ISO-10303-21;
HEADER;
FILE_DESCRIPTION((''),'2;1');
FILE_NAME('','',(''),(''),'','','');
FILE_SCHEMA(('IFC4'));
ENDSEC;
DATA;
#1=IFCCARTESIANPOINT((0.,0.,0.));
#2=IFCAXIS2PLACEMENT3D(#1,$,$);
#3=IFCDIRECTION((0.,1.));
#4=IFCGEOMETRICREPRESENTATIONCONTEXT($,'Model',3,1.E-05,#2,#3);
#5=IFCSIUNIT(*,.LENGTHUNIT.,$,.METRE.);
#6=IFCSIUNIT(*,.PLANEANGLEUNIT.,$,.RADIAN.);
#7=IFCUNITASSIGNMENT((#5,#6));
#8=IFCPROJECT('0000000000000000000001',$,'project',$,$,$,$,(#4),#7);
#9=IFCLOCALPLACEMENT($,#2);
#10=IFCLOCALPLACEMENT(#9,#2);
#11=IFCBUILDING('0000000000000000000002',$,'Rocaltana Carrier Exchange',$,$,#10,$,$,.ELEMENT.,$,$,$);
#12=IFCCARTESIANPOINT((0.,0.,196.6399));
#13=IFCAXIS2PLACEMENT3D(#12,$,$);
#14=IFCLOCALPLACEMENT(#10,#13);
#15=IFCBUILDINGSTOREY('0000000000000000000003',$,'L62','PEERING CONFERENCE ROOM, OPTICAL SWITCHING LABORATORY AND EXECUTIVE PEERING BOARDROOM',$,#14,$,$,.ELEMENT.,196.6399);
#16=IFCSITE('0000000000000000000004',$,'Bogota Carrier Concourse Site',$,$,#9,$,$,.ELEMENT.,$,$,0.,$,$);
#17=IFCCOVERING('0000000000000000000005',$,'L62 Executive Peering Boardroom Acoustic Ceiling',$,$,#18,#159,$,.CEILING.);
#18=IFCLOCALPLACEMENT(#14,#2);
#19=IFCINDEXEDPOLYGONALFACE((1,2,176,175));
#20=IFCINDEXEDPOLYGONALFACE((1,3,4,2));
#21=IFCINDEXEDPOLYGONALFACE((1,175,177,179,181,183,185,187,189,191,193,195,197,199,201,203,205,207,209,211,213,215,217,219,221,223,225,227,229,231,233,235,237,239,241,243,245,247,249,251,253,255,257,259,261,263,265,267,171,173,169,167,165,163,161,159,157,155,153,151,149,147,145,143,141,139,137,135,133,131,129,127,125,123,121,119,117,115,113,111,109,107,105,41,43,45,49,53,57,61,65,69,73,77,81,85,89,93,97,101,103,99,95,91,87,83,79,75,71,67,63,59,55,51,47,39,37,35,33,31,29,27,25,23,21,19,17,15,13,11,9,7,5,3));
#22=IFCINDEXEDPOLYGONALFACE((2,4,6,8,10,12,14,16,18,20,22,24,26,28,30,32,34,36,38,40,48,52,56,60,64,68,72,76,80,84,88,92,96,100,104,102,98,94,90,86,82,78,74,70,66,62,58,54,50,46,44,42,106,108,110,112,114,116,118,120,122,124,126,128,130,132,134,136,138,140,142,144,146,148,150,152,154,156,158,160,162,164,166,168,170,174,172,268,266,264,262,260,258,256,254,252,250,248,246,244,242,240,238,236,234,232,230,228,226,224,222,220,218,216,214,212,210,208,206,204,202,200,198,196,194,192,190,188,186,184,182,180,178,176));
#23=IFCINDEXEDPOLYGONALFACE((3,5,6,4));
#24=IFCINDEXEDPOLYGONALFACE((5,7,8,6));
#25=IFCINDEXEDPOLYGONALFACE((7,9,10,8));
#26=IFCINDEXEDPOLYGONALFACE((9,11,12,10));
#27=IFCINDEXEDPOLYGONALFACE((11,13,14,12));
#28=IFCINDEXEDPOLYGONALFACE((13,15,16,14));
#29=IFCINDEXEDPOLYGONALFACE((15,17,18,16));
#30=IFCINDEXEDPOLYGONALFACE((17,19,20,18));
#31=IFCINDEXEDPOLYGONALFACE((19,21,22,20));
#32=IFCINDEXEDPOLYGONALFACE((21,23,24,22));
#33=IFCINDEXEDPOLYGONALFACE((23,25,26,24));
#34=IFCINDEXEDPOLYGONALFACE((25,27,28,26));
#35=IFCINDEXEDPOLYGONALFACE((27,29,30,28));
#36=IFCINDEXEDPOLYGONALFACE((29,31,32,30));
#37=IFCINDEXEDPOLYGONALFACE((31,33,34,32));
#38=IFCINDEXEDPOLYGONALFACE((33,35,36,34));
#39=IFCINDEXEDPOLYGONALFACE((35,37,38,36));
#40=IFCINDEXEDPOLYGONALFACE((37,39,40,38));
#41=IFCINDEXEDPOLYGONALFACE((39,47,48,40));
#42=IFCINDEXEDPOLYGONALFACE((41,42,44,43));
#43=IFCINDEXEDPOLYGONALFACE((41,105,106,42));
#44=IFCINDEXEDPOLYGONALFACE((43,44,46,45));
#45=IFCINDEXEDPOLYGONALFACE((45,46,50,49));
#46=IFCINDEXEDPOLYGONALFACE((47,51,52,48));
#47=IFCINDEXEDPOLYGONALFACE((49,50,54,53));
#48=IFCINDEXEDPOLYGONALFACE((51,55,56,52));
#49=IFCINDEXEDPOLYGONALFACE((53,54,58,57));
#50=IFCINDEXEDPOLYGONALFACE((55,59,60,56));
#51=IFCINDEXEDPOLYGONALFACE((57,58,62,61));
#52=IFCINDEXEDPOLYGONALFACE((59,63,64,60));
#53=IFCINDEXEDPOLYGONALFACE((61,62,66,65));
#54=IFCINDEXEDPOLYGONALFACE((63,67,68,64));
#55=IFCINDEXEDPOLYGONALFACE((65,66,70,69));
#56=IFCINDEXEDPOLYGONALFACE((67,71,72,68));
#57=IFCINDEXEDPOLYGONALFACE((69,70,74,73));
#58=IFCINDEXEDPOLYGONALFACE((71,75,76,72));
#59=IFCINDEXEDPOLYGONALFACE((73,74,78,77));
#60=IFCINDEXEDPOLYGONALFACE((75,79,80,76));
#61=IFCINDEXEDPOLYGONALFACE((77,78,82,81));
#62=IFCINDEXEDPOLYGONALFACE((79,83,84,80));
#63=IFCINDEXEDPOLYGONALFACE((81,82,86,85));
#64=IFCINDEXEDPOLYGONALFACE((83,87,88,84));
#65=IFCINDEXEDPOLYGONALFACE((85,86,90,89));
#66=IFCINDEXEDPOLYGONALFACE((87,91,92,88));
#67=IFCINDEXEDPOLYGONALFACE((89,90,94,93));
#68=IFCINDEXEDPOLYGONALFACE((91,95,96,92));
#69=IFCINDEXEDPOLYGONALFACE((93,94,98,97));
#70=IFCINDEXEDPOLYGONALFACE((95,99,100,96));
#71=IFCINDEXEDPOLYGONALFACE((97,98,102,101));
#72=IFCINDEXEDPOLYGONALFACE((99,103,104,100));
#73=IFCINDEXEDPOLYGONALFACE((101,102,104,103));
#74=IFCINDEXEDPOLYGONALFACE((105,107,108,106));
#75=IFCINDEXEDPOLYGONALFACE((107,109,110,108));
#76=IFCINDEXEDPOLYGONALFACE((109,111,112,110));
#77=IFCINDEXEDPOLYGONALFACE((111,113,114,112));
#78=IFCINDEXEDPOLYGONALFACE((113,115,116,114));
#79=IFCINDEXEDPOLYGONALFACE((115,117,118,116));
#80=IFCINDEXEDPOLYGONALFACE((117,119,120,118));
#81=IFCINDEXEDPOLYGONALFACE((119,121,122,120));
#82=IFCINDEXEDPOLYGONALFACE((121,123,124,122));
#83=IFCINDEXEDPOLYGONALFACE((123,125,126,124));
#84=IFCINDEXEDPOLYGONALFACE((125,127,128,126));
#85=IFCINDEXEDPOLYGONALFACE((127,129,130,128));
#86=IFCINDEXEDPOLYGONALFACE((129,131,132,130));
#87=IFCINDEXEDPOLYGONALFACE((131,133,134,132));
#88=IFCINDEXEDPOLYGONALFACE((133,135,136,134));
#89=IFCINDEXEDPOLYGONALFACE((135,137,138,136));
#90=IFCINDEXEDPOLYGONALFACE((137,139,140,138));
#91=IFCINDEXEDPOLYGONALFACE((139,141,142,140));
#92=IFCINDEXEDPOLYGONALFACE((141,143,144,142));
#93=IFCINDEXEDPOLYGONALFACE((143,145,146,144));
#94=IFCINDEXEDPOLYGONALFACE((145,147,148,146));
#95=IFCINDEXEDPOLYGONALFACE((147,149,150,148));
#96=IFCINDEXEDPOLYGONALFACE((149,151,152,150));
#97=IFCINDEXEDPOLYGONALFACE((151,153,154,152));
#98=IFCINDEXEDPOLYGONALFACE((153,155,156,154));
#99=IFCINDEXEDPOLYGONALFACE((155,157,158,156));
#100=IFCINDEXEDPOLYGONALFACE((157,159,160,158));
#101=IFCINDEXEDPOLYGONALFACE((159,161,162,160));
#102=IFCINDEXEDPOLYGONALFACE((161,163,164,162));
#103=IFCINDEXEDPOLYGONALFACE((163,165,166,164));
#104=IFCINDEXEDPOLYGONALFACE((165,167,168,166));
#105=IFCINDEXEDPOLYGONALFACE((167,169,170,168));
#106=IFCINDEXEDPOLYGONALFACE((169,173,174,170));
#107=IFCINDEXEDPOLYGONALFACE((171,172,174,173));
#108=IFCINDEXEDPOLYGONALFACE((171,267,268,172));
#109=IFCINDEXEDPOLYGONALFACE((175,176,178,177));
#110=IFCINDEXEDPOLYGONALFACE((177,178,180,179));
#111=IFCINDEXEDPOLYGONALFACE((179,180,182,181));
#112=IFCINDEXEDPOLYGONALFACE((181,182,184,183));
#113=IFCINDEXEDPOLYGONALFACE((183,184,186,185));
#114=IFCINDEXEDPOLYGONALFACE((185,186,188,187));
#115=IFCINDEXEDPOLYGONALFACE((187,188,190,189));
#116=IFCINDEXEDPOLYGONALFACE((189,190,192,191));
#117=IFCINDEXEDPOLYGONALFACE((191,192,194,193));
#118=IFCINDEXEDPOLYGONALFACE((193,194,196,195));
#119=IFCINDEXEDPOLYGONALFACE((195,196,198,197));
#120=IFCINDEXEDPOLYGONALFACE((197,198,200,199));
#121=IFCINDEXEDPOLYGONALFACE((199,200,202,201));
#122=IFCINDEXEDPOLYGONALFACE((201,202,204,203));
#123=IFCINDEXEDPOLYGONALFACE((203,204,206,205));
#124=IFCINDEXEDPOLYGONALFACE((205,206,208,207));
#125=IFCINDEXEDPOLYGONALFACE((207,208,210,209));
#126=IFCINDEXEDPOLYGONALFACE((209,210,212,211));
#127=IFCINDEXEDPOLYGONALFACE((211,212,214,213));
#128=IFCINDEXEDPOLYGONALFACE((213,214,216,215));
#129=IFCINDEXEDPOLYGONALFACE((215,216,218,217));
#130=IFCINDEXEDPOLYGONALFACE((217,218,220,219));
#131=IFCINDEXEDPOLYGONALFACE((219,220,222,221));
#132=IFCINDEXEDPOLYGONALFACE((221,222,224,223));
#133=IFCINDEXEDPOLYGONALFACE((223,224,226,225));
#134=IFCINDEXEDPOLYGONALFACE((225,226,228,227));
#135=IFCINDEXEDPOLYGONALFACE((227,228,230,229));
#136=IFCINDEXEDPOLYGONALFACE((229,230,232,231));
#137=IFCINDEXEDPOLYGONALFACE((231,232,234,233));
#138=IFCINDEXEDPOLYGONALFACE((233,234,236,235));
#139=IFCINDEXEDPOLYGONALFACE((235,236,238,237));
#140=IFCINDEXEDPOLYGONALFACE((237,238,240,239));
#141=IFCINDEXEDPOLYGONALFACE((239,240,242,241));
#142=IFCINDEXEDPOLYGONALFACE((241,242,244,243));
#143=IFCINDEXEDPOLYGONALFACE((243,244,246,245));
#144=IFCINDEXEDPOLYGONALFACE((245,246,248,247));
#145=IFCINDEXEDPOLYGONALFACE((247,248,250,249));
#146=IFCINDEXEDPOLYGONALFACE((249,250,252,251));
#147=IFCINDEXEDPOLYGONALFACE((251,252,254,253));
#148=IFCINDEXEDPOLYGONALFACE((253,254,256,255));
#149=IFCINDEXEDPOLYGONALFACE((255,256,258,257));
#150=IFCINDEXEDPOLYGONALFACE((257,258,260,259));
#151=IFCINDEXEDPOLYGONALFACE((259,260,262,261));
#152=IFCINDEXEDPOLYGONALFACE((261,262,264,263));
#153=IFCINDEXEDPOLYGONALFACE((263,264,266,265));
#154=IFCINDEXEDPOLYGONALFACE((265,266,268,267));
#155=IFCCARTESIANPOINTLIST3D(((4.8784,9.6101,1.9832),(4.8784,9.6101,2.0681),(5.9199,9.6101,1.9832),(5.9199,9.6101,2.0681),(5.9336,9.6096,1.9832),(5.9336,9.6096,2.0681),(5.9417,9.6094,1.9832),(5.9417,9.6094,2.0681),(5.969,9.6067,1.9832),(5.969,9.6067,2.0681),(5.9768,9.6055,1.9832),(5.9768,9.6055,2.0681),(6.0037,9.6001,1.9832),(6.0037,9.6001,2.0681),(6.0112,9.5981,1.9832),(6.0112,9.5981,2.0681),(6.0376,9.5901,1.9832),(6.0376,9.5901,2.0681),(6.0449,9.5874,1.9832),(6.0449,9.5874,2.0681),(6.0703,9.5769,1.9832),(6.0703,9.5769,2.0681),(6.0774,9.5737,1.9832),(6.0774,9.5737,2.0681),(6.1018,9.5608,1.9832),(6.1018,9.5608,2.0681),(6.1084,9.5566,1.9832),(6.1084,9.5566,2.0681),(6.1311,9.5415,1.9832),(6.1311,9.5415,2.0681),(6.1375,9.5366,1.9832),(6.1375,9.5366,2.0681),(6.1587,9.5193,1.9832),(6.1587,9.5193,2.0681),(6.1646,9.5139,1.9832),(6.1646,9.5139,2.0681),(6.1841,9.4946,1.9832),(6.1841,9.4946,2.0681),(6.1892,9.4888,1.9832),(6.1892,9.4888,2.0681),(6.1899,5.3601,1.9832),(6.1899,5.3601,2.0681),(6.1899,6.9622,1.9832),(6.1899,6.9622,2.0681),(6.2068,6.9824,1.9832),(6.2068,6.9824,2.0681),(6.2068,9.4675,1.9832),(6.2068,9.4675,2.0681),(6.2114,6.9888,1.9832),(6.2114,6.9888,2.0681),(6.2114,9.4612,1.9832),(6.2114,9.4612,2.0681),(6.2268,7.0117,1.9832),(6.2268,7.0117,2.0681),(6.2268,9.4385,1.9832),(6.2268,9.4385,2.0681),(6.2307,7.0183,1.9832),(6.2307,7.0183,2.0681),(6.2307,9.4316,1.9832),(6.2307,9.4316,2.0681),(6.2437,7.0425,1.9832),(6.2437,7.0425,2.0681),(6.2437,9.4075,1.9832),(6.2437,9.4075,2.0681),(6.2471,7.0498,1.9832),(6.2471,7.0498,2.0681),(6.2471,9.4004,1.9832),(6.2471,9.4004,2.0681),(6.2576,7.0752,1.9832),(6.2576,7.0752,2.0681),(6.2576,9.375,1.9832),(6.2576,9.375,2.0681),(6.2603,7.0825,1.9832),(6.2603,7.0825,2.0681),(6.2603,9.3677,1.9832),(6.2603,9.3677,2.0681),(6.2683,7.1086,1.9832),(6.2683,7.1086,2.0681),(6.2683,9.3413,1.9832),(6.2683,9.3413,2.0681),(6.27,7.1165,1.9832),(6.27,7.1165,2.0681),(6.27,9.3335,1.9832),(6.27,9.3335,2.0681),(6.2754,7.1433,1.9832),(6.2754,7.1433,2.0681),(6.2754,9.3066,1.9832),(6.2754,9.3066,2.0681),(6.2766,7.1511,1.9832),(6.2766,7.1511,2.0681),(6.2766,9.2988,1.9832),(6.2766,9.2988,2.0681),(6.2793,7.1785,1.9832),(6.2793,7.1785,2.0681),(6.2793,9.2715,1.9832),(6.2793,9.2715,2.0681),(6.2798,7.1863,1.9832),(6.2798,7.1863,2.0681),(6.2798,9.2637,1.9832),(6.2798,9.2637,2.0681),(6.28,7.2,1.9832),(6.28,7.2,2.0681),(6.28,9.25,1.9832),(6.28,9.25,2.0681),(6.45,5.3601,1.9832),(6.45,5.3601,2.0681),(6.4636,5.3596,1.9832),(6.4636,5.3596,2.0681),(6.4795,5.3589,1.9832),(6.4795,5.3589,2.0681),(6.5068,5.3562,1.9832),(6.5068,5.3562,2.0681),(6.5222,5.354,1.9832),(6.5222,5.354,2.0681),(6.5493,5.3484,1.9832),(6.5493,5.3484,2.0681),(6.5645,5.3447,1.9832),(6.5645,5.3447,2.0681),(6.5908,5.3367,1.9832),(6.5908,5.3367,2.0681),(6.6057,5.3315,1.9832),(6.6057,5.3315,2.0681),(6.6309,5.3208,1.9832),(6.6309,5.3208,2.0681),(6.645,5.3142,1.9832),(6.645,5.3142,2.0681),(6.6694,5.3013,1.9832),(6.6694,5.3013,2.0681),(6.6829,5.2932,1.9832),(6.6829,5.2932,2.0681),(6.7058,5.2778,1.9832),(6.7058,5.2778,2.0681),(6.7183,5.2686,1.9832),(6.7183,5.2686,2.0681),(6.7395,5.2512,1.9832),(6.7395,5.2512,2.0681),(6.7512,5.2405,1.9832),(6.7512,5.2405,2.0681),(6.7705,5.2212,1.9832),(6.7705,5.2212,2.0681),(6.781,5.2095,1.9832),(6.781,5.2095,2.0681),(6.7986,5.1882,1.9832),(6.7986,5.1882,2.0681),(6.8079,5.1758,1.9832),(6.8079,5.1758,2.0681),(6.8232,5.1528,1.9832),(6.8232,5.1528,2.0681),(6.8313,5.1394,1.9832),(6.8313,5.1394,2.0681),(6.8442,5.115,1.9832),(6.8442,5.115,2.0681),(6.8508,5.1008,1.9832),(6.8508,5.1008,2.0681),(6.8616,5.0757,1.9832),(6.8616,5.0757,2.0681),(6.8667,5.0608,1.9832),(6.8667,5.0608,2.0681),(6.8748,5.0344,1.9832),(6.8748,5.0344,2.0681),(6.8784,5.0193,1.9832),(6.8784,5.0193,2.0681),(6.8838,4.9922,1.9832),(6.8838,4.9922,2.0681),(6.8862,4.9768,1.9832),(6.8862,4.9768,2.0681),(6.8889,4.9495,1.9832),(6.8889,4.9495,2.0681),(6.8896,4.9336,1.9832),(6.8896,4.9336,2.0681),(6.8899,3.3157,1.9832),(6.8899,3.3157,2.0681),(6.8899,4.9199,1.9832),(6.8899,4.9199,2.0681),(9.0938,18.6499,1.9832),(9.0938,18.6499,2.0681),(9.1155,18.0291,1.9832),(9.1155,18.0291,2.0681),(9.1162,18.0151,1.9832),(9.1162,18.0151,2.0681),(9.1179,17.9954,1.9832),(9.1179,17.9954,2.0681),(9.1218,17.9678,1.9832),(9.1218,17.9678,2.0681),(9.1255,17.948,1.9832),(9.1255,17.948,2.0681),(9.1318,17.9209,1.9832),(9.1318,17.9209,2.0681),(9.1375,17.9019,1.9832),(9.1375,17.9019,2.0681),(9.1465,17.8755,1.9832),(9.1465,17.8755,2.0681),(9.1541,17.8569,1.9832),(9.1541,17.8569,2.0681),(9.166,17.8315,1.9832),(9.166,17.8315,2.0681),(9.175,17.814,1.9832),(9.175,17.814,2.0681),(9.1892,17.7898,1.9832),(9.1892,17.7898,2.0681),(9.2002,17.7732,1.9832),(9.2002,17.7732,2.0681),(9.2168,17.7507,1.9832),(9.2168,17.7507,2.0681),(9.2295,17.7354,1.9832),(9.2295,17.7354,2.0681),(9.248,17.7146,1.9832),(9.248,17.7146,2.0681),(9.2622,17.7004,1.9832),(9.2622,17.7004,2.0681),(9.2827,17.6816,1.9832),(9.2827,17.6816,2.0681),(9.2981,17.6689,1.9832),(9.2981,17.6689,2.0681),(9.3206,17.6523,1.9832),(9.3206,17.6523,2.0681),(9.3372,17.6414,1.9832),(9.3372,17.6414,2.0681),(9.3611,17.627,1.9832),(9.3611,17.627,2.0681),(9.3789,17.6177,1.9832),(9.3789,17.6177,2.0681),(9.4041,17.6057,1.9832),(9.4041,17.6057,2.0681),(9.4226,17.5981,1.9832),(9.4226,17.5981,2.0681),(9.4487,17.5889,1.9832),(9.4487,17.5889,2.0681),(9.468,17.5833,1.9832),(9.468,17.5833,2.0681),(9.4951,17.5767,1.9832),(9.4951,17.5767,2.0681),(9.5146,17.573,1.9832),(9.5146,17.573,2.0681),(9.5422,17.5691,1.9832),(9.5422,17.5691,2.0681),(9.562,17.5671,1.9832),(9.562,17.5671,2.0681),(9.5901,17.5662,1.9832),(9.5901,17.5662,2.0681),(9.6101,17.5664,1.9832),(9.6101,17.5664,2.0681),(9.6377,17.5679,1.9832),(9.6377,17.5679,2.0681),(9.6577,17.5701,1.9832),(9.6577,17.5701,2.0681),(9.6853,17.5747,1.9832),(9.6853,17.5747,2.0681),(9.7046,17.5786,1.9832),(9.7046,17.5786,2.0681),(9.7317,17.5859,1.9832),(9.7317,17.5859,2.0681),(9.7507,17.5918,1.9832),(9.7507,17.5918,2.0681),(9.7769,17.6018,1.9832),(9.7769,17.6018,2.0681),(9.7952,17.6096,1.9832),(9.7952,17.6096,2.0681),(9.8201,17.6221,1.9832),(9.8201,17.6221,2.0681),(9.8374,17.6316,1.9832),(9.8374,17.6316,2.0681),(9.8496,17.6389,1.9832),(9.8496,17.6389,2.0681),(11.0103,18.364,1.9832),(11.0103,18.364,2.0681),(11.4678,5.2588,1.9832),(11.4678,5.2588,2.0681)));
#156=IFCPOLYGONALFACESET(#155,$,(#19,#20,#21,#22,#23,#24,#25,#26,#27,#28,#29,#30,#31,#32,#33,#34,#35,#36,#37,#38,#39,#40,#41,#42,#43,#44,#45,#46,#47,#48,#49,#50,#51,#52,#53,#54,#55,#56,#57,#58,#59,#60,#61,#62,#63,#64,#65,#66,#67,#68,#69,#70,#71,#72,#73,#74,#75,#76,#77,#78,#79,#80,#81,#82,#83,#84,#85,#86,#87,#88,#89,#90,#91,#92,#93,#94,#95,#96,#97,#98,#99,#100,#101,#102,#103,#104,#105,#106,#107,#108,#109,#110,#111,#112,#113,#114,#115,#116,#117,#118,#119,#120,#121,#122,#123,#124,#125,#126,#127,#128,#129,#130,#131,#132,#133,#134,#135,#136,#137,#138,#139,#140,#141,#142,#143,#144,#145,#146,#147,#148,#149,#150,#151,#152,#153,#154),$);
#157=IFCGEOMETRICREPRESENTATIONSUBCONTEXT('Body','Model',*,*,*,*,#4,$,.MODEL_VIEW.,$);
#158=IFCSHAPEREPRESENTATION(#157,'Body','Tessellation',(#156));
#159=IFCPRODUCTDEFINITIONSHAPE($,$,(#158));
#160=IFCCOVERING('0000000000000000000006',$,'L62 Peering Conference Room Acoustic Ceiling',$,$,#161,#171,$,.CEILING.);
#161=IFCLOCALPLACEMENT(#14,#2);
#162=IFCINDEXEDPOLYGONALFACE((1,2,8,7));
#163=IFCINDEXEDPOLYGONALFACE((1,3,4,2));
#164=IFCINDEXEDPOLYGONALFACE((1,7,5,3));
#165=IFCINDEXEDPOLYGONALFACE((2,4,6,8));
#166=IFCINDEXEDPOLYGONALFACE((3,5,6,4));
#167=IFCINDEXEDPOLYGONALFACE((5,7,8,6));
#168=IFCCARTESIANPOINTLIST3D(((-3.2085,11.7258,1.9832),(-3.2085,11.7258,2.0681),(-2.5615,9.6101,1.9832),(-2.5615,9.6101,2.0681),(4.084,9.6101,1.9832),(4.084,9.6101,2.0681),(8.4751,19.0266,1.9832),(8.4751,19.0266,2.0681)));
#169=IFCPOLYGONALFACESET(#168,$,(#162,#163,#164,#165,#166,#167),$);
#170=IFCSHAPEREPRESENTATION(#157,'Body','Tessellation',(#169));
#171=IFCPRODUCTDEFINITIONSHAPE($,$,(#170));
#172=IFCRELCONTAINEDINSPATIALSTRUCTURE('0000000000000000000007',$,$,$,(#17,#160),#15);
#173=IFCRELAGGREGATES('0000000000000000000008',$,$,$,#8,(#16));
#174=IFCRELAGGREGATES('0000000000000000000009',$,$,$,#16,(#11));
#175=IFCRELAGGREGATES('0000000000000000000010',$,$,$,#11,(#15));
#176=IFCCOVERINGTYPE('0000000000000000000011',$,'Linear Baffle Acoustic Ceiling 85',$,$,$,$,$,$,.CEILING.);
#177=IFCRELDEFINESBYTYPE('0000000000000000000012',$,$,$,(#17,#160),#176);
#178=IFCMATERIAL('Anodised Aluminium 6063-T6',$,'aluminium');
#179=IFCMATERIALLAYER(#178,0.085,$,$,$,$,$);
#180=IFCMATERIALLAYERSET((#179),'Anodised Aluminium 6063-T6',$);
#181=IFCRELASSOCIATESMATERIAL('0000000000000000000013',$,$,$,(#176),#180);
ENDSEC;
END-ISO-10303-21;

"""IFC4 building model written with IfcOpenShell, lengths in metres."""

from ifc_helpers import new_model, si_unit, direction, frame, origin, place, context, subcontext, project, spatial, polyline, outline, extrude, material, layer, layer_set, type_object, element, save


model = new_model("IFC4")

# Units and contexts
model_context = context("Model", 3, precision=1e-05, world=origin(), true_north=direction((0.0, 1.0)))
body_context = subcontext(model_context, "Body", "Model", "MODEL_VIEW")
ifc_project = project(units=[si_unit("LENGTHUNIT", "METRE"), si_unit("PLANEANGLEUNIT", "RADIAN")], contexts=[model_context])

# Site, building, storey
site_placement = place(None, origin())
site = spatial("IfcSite", under=ifc_project, at=site_placement, Name="Bogota Carrier Concourse Site", CompositionType="ELEMENT", RefElevation=0.0)
building_placement = place(site_placement, origin())
building = spatial("IfcBuilding", under=site, at=building_placement, Name="Rocaltana Carrier Exchange", CompositionType="ELEMENT")
storey_placement = place(building_placement, frame((0.0, 0.0, 196.6399)))
storey = spatial("IfcBuildingStorey", under=building, at=storey_placement, Name="L62", Description="PEERING CONFERENCE ROOM, OPTICAL SWITCHING LABORATORY AND EXECUTIVE PEERING BOARDROOM", CompositionType="ELEMENT", Elevation=196.6399)

# Coverings
ifc_material_1 = material(Name="Anodised Aluminium 6063-T6", Category="aluminium")
ifc_layer_1 = layer(ifc_material_1, 0.085)
ifc_layer_set_1 = layer_set([ifc_layer_1], Name="Anodised Aluminium 6063-T6")
covering_type_1 = type_object("IfcCoveringType", Name="Linear Baffle Acoustic Ceiling 85", PredefinedType="CEILING", material=ifc_layer_set_1)
covering_1_placement = place(storey_placement, frame((0.0, 0.0, 1.9832)))
element("IfcCovering", 1, at=covering_1_placement, inside=storey, type_object=covering_type_1, Name="L62 Executive Peering Boardroom Acoustic Ceiling", PredefinedType="CEILING", context=body_context, shape_type="SweptSolid", body=[
    extrude(outline(polyline([(6.1899, 6.9622), (6.2068, 6.9824), (6.2114, 6.9888), (6.2268, 7.0117), (6.2307, 7.0183), (6.2437, 7.0425), (6.2471, 7.0498), (6.2576, 7.0752), (6.2603, 7.0825), (6.2683, 7.1086), (6.27, 7.1165), (6.2754, 7.1433), (6.2766, 7.1511), (6.2793, 7.1785), (6.2798, 7.1863), (6.28, 7.2), (6.28, 9.25), (6.2798, 9.2637), (6.2793, 9.2715), (6.2766, 9.2988), (6.2754, 9.3066), (6.27, 9.3335), (6.2683, 9.3413), (6.2603, 9.3677), (6.2576, 9.375), (6.2471, 9.4004), (6.2437, 9.4075), (6.2307, 9.4316), (6.2268, 9.4385), (6.2114, 9.4612), (6.2068, 9.4675), (6.1892, 9.4888), (6.1841, 9.4946), (6.1646, 9.5139), (6.1587, 9.5193), (6.1375, 9.5366), (6.1311, 9.5415), (6.1084, 9.5566), (6.1018, 9.5608), (6.0774, 9.5737), (6.0703, 9.5769), (6.0449, 9.5874), (6.0376, 9.5901), (6.0112, 9.5981), (6.0037, 9.6001), (5.9768, 9.6055), (5.969, 9.6067), (5.9417, 9.6094), (5.9336, 9.6096), (5.9199, 9.6101), (4.8784, 9.6101), (9.0938, 18.6499), (9.1155, 18.0291), (9.1162, 18.0151), (9.1179, 17.9954), (9.1218, 17.9678), (9.1255, 17.948), (9.1318, 17.9209), (9.1375, 17.9019), (9.1465, 17.8755), (9.1541, 17.8569), (9.166, 17.8315), (9.175, 17.814), (9.1892, 17.7898), (9.2002, 17.7732), (9.2168, 17.7507), (9.2295, 17.7354), (9.248, 17.7146), (9.2622, 17.7004), (9.2827, 17.6816), (9.2981, 17.6689), (9.3206, 17.6523), (9.3372, 17.6414), (9.3611, 17.627), (9.3789, 17.6177), (9.4041, 17.6057), (9.4226, 17.5981), (9.4487, 17.5889), (9.468, 17.5833), (9.4951, 17.5767), (9.5146, 17.573), (9.5422, 17.5691), (9.562, 17.5671), (9.5901, 17.5662), (9.6101, 17.5664), (9.6377, 17.5679), (9.6577, 17.5701), (9.6853, 17.5747), (9.7046, 17.5786), (9.7317, 17.5859), (9.7507, 17.5918), (9.7769, 17.6018), (9.7952, 17.6096), (9.8201, 17.6221), (9.8374, 17.6316), (9.8496, 17.6389), (11.0103, 18.364), (11.4678, 5.2588), (6.8899, 3.3157), (6.8899, 4.9199), (6.8896, 4.9336), (6.8889, 4.9495), (6.8862, 4.9768), (6.8838, 4.9922), (6.8784, 5.0193), (6.8748, 5.0344), (6.8667, 5.0608), (6.8616, 5.0757), (6.8508, 5.1008), (6.8442, 5.115), (6.8313, 5.1394), (6.8232, 5.1528), (6.8079, 5.1758), (6.7986, 5.1882), (6.781, 5.2095), (6.7705, 5.2212), (6.7512, 5.2405), (6.7395, 5.2512), (6.7183, 5.2686), (6.7058, 5.2778), (6.6829, 5.2932), (6.6694, 5.3013), (6.645, 5.3142), (6.6309, 5.3208), (6.6057, 5.3315), (6.5908, 5.3367), (6.5645, 5.3447), (6.5493, 5.3484), (6.5222, 5.354), (6.5068, 5.3562), (6.4795, 5.3589), (6.4636, 5.3596), (6.45, 5.3601), (6.1899, 5.3601), (6.1899, 6.9622)])), origin(), (0.0, 0.0, 1.0), 0.085),
])
covering_2_placement = place(storey_placement, frame((0.0, 0.0, 1.9832)))
element("IfcCovering", 2, at=covering_2_placement, inside=storey, type_object=covering_type_1, Name="L62 Peering Conference Room Acoustic Ceiling", PredefinedType="CEILING", context=body_context, shape_type="SweptSolid", body=[
    extrude(outline(polyline([(8.4751, 19.0266), (4.084, 9.6101), (-2.5615, 9.6101), (-3.2085, 11.7258), (8.4751, 19.0266)])), origin(), (0.0, 0.0, 1.0), 0.085),
])

save(model, "model.ifc")
